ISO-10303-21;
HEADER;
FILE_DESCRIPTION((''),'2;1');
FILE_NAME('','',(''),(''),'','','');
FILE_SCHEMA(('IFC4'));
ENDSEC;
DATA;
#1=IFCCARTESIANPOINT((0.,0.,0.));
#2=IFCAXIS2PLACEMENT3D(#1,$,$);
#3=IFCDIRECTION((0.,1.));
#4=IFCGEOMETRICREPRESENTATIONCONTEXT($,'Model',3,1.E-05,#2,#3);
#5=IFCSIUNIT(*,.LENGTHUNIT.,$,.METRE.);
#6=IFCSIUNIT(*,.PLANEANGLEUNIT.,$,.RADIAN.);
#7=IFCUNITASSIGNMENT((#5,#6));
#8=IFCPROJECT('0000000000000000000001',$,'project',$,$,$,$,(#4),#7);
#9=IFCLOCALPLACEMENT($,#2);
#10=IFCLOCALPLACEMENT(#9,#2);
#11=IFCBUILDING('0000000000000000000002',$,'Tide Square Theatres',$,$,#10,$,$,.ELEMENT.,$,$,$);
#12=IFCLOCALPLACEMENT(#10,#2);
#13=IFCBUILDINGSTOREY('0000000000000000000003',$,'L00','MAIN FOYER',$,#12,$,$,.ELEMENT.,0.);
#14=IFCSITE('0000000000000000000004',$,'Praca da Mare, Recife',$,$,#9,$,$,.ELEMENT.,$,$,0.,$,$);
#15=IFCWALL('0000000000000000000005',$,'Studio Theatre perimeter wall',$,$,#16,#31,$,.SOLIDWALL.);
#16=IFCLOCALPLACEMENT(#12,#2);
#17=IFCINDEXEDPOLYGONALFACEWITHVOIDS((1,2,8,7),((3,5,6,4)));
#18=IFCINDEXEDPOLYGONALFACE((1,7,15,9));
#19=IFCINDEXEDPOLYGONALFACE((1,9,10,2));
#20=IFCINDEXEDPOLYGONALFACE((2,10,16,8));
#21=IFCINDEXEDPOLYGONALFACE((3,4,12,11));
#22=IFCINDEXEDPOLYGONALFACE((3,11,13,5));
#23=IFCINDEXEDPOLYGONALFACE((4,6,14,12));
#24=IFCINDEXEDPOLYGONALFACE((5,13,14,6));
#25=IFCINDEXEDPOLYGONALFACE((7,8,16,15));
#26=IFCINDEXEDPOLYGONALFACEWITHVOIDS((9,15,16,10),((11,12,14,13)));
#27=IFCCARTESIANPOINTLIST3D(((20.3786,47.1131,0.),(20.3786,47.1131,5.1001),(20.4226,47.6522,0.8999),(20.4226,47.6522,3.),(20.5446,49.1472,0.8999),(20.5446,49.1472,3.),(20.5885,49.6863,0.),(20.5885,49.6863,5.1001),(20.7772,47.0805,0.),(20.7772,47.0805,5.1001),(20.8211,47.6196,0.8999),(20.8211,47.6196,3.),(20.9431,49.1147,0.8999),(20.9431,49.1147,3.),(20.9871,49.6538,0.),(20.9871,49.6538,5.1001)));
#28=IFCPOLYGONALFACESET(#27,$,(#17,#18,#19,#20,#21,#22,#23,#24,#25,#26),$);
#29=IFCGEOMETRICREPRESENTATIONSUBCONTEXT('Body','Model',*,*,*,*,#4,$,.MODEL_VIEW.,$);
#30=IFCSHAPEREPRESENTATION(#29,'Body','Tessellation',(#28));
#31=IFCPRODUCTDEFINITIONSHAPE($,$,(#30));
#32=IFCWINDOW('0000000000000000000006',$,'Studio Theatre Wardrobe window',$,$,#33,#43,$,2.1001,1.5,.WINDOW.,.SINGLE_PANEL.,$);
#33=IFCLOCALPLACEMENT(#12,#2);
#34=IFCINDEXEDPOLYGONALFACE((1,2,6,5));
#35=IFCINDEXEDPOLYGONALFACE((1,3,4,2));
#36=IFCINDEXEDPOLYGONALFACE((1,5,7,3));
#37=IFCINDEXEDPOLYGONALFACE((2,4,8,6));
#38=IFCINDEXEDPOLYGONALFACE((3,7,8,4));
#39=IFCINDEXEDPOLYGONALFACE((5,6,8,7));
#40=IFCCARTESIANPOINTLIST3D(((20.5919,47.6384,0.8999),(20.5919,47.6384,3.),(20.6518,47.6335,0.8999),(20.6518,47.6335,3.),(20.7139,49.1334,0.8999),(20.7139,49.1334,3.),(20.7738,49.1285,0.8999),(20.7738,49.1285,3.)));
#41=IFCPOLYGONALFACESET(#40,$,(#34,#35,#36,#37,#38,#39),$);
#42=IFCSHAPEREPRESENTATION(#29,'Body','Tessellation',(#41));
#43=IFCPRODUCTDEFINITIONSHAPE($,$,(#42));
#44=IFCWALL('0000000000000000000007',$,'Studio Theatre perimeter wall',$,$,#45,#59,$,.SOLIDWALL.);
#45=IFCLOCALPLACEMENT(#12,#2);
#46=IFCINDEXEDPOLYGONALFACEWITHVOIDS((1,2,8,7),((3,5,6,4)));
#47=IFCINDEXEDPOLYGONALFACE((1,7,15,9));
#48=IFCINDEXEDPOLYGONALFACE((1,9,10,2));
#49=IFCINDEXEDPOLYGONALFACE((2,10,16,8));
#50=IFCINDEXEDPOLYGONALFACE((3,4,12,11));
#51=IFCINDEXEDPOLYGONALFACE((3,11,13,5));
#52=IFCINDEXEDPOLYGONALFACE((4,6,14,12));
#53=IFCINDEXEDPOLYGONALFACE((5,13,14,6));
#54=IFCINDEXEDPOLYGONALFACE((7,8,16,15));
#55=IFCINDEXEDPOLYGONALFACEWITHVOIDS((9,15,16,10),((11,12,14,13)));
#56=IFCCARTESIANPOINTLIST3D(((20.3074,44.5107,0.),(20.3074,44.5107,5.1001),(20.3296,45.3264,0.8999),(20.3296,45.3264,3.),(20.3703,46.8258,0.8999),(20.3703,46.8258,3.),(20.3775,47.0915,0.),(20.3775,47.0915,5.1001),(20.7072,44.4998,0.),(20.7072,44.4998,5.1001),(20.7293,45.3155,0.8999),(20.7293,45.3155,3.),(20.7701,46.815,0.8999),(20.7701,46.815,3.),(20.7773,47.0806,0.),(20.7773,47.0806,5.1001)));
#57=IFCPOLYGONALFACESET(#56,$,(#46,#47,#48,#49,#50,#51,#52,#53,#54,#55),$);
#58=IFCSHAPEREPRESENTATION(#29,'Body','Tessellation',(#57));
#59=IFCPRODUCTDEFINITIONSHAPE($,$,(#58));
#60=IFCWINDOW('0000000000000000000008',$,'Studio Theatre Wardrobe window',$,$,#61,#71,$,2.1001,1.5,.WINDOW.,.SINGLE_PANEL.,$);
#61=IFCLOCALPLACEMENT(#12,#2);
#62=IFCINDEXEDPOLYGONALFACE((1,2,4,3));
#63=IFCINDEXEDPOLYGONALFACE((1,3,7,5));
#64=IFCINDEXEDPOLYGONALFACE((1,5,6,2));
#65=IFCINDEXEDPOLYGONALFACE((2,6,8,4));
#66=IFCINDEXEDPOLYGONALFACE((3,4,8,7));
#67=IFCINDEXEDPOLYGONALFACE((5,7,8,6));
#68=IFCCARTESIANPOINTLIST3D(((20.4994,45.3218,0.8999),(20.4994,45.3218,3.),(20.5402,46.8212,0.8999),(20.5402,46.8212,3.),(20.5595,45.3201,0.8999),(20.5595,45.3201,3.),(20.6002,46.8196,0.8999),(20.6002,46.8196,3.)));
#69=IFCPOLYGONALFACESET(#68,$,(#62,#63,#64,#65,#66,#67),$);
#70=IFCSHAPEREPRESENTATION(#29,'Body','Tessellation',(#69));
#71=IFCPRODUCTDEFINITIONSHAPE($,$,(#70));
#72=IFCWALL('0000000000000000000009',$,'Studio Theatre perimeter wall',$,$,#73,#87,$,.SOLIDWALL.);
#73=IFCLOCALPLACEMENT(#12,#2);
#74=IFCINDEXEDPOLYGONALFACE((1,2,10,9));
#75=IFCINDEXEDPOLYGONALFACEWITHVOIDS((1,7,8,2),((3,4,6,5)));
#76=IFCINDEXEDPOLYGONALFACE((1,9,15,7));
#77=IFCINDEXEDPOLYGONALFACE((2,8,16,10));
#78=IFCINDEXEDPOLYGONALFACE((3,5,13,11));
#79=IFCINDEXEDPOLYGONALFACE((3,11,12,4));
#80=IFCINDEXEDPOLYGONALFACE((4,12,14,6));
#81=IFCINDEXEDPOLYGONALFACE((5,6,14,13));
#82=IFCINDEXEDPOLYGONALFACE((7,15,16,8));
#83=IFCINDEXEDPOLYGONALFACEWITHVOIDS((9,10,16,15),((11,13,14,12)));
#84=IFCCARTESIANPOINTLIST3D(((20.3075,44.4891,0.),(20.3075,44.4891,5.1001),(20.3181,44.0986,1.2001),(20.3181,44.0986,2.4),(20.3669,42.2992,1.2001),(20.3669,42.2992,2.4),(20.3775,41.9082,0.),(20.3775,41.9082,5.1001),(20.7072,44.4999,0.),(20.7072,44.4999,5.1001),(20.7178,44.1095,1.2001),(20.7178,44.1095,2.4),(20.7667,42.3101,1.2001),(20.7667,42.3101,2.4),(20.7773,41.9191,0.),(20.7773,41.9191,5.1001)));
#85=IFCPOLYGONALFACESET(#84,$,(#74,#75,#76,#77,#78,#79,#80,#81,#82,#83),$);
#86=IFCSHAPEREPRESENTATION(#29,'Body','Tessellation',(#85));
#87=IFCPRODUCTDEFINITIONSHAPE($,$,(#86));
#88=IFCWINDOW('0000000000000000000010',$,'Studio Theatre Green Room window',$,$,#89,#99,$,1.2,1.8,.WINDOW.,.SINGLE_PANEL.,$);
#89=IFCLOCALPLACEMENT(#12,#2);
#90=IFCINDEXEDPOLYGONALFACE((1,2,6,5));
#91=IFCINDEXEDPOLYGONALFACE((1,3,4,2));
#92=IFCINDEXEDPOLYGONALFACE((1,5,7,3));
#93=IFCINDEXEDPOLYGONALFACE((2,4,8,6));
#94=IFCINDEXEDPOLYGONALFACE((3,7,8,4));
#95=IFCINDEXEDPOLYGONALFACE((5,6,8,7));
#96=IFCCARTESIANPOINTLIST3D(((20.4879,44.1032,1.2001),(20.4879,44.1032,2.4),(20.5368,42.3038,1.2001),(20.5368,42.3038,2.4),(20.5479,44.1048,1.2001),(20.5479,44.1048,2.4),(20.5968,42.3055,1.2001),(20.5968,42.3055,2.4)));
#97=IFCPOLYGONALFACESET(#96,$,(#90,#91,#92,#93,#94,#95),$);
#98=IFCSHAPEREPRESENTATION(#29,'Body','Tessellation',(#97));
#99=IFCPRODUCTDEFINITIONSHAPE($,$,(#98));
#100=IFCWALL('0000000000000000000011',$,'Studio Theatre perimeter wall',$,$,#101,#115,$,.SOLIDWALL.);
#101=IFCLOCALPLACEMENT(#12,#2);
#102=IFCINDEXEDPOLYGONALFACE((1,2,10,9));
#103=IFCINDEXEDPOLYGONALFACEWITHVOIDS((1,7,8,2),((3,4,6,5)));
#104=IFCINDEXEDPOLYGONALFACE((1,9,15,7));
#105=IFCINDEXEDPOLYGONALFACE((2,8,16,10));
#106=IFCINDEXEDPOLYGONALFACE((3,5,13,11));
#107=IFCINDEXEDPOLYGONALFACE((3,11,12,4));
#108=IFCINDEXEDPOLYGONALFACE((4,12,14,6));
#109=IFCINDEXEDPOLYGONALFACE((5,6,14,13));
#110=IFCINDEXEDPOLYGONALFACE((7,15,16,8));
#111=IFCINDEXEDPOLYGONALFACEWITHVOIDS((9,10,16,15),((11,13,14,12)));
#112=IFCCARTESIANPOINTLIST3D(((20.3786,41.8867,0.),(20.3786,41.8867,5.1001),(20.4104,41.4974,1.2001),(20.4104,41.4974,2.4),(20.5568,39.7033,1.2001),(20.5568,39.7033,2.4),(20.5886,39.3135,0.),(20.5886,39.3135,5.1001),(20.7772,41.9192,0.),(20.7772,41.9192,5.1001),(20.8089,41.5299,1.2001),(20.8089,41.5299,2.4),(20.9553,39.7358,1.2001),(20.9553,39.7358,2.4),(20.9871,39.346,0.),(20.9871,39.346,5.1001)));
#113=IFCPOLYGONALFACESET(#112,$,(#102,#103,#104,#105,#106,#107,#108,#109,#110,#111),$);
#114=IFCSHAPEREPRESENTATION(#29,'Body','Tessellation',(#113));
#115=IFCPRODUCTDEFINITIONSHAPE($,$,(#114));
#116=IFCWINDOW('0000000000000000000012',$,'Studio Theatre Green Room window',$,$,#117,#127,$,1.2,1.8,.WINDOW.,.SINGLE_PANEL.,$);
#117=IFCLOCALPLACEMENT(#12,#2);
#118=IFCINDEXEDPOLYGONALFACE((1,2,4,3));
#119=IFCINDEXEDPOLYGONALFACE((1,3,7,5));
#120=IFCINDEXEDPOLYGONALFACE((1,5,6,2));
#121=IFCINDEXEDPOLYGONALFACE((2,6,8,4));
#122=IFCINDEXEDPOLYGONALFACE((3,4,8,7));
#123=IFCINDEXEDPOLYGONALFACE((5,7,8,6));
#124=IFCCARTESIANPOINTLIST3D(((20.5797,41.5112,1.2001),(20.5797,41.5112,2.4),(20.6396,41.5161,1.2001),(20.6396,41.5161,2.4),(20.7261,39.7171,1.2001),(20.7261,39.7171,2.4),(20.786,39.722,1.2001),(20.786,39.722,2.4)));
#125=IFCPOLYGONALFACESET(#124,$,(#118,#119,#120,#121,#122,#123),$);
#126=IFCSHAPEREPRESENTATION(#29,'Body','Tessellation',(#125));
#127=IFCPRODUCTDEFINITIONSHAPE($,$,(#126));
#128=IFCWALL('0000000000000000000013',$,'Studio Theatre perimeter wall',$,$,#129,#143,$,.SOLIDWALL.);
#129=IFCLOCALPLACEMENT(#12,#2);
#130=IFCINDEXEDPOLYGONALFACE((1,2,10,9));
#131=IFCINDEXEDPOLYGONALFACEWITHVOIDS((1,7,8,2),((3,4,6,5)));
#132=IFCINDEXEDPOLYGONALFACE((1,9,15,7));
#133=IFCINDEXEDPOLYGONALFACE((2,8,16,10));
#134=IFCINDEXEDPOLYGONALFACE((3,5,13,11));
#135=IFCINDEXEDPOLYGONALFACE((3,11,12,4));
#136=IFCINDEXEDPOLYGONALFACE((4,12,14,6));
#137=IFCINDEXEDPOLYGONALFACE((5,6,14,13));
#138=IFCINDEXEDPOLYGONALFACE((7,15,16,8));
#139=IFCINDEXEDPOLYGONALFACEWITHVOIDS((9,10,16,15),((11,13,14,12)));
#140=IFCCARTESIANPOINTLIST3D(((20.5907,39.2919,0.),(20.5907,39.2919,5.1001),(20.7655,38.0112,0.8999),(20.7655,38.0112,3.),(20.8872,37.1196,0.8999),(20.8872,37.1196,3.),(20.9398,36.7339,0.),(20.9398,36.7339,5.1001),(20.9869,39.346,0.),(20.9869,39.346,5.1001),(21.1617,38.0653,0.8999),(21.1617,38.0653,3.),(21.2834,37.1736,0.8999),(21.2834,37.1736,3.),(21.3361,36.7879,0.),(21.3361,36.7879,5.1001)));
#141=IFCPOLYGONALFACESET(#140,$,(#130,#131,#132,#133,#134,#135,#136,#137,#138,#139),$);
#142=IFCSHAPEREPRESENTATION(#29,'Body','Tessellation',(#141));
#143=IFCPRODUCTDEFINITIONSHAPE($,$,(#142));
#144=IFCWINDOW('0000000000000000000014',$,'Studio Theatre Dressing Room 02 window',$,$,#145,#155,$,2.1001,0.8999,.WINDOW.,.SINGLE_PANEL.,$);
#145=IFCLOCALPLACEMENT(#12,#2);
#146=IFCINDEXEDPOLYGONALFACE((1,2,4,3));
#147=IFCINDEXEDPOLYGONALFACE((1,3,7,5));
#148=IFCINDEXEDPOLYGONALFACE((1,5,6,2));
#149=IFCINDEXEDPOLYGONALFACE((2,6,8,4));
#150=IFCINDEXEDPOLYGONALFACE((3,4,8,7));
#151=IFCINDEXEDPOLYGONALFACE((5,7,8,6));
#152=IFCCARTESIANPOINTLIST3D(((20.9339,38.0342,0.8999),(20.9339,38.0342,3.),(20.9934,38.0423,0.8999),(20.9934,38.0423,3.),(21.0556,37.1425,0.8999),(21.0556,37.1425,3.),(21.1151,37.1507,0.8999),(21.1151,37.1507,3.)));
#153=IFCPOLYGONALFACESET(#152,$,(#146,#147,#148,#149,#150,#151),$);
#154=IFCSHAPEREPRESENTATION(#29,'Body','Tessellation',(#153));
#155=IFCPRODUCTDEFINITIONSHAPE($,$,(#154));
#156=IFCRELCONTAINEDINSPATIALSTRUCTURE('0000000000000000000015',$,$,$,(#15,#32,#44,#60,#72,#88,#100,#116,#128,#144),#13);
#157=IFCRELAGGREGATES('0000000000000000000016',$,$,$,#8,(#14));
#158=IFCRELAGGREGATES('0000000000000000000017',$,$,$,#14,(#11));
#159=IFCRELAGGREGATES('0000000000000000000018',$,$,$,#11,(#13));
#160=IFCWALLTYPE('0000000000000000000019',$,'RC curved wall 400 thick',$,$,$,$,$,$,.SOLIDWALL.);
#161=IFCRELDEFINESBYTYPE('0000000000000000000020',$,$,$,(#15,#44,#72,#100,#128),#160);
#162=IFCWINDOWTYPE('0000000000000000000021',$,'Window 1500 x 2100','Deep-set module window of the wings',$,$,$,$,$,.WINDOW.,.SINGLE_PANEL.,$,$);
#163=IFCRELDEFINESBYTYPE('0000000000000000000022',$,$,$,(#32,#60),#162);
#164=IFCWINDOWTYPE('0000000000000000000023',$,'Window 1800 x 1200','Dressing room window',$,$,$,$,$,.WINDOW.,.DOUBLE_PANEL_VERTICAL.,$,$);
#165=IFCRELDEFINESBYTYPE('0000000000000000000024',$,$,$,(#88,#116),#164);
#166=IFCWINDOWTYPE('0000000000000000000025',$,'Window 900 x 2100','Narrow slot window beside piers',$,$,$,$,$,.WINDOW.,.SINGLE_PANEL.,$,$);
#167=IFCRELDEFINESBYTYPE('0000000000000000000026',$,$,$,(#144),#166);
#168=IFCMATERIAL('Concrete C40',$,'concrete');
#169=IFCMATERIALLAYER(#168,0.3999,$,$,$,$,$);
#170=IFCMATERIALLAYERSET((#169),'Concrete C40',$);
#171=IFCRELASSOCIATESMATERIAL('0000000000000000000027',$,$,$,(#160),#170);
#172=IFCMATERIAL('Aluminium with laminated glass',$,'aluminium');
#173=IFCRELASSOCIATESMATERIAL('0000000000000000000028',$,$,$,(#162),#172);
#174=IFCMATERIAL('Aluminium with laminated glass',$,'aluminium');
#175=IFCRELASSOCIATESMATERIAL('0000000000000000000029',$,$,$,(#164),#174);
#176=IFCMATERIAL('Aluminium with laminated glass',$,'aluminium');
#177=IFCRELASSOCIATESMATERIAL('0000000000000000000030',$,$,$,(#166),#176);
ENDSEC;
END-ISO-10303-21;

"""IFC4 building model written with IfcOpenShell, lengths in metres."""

from ifc_helpers import new_model, si_unit, direction, frame, frame_2d, origin, place, context, subcontext, project, spatial, rectangle, extrude, material, layer, layer_set, type_object, element, fill, save


model = new_model("IFC4")

# Units and contexts
model_context = context("Model", 3, precision=1e-05, world=origin(), true_north=direction((0.0, 1.0)))
body_context = subcontext(model_context, "Body", "Model", "MODEL_VIEW")
ifc_project = project(units=[si_unit("LENGTHUNIT", "METRE"), si_unit("PLANEANGLEUNIT", "RADIAN")], contexts=[model_context])

# Site, building, storey
site_placement = place(None, origin())
site = spatial("IfcSite", under=ifc_project, at=site_placement, Name="Praca da Mare, Recife", CompositionType="ELEMENT", RefElevation=0.0)
building_placement = place(site_placement, origin())
building = spatial("IfcBuilding", under=site, at=building_placement, Name="Tide Square Theatres", CompositionType="ELEMENT")
storey_placement = place(building_placement, origin())
storey = spatial("IfcBuildingStorey", under=building, at=storey_placement, Name="L00", Description="MAIN FOYER", CompositionType="ELEMENT", Elevation=0.0)

# Walls, openings, windows
ifc_material_1 = material(Name="Concrete C40", Category="concrete")
ifc_layer_1 = layer(ifc_material_1, 0.3999)
ifc_layer_set_1 = layer_set([ifc_layer_1], Name="Concrete C40")
wall_type_1 = type_object("IfcWallType", Name="RC curved wall 400 thick", PredefinedType="SOLIDWALL", material=ifc_layer_set_1)
wall_1_placement = place(storey_placement, frame((20.7878, 49.6702, 0.0), z_axis=(0.0, 0.0, 1.0), x_axis=(-0.081324, -0.996688, 0.0)))
wall_1 = element("IfcWall", 1, at=wall_1_placement, inside=storey, type_object=wall_type_1, Name="Studio Theatre perimeter wall", PredefinedType="SOLIDWALL", context=body_context, shape_type="SweptSolid", body=[
    extrude(rectangle(XDim=2.5818, YDim=0.3999, at=frame_2d((1.291, 0.0))), origin(), (0.0, 0.0, 1.0), 5.1001),
])
opening_1_placement = place(wall_1_placement, frame((0.541, 0.0, 0.8999)))
opening_1 = element("IfcOpeningElement", 2, at=opening_1_placement, cuts=wall_1, PredefinedType="OPENING", context=body_context, shape_type="SweptSolid", body=[
    extrude(rectangle(XDim=1.5, YDim=2.1001, at=frame_2d((0.75, 1.05))), frame((0.0, 0.21, 0.0), z_axis=(0.0, -1.0, 0.0), x_axis=(1.0, 0.0, 0.0)), (0.0, 0.0, 1.0), 0.4199),
])
ifc_material_2 = material(Name="Aluminium with laminated glass", Category="aluminium")
window_type_1 = type_object("IfcWindowType", Name="Window 1500 x 2100", Description="Deep-set module window of the wings", PartitioningType="SINGLE_PANEL", PredefinedType="WINDOW", material=ifc_material_2)
window_1_placement = place(opening_1_placement, origin())
window_1 = element("IfcWindow", 3, at=window_1_placement, inside=storey, type_object=window_type_1, Name="Studio Theatre Wardrobe window", OverallHeight=2.1001, OverallWidth=1.5, PartitioningType="SINGLE_PANEL", PredefinedType="WINDOW", context=body_context, shape_type="SweptSolid", body=[
    extrude(rectangle(XDim=1.5, YDim=2.1001, at=frame_2d((0.75, 1.05))), frame((0.0, 0.03, 0.0), z_axis=(0.0, -1.0, 0.0), x_axis=(1.0, 0.0, 0.0)), (0.0, 0.0, 1.0), 0.0601),
])
fill(opening_1, window_1)
wall_2_placement = place(storey_placement, frame((20.5774, 47.0862, 0.0), z_axis=(0.0, 0.0, 1.0), x_axis=(-0.02714, -0.999632, 0.0)))
wall_2 = element("IfcWall", 4, at=wall_2_placement, inside=storey, type_object=wall_type_1, Name="Studio Theatre perimeter wall", PredefinedType="SOLIDWALL", context=body_context, shape_type="SweptSolid", body=[
    extrude(rectangle(XDim=2.5818, YDim=0.3999, at=frame_2d((1.291, 0.0))), origin(), (0.0, 0.0, 1.0), 5.1001),
])
opening_2_placement = place(wall_2_placement, frame((0.2659, 0.0, 0.8999)))
opening_2 = element("IfcOpeningElement", 5, at=opening_2_placement, cuts=wall_2, PredefinedType="OPENING", context=body_context, shape_type="SweptSolid", body=[
    extrude(rectangle(XDim=1.5, YDim=2.1001, at=frame_2d((0.75, 1.05))), frame((0.0, 0.21, 0.0), z_axis=(0.0, -1.0, 0.0), x_axis=(1.0, 0.0, 0.0)), (0.0, 0.0, 1.0), 0.4199),
])
window_2_placement = place(opening_2_placement, origin())
window_2 = element("IfcWindow", 6, at=window_2_placement, inside=storey, type_object=window_type_1, Name="Studio Theatre Wardrobe window", OverallHeight=2.1001, OverallWidth=1.5, PartitioningType="SINGLE_PANEL", PredefinedType="WINDOW", context=body_context, shape_type="SweptSolid", body=[
    extrude(rectangle(XDim=1.5, YDim=2.1001, at=frame_2d((0.75, 1.05))), frame((0.0, 0.03, 0.0), z_axis=(0.0, -1.0, 0.0), x_axis=(1.0, 0.0, 0.0)), (0.0, 0.0, 1.0), 0.0601),
])
fill(opening_2, window_2)
wall_3_placement = place(storey_placement, frame((20.5073, 44.4946, 0.0), z_axis=(0.0, 0.0, 1.0), x_axis=(0.02714, -0.999632, 0.0)))
wall_3 = element("IfcWall", 7, at=wall_3_placement, inside=storey, type_object=wall_type_1, Name="Studio Theatre perimeter wall", PredefinedType="SOLIDWALL", context=body_context, shape_type="SweptSolid", body=[
    extrude(rectangle(XDim=2.5818, YDim=0.3999, at=frame_2d((1.291, 0.0))), origin(), (0.0, 0.0, 1.0), 5.1001),
])
opening_3_placement = place(wall_3_placement, frame((0.3909, 0.0, 1.2)))
opening_3 = element("IfcOpeningElement", 8, at=opening_3_placement, cuts=wall_3, PredefinedType="OPENING", context=body_context, shape_type="SweptSolid", body=[
    extrude(rectangle(XDim=1.8, YDim=1.2, at=frame_2d((0.8999, 0.6001))), frame((0.0, 0.21, 0.0), z_axis=(0.0, -1.0, 0.0), x_axis=(1.0, 0.0, 0.0)), (0.0, 0.0, 1.0), 0.4199),
])
ifc_material_3 = material(Name="Aluminium with laminated glass", Category="aluminium")
window_type_2 = type_object("IfcWindowType", Name="Window 1800 x 1200", Description="Dressing room window", PartitioningType="DOUBLE_PANEL_VERTICAL", PredefinedType="WINDOW", material=ifc_material_3)
window_3_placement = place(opening_3_placement, origin())
window_3 = element("IfcWindow", 9, at=window_3_placement, inside=storey, type_object=window_type_2, Name="Studio Theatre Green Room window", OverallHeight=1.2, OverallWidth=1.8, PartitioningType="SINGLE_PANEL", PredefinedType="WINDOW", context=body_context, shape_type="SweptSolid", body=[
    extrude(rectangle(XDim=1.8, YDim=1.2, at=frame_2d((0.8999, 0.6001))), frame((0.0, 0.03, 0.0), z_axis=(0.0, -1.0, 0.0), x_axis=(1.0, 0.0, 0.0)), (0.0, 0.0, 1.0), 0.0601),
])
fill(opening_3, window_3)
wall_4_placement = place(storey_placement, frame((20.5779, 41.9031, 0.0), z_axis=(0.0, 0.0, 1.0), x_axis=(0.081324, -0.996688, 0.0)))
wall_4 = element("IfcWall", 10, at=wall_4_placement, inside=storey, type_object=wall_type_1, Name="Studio Theatre perimeter wall", PredefinedType="SOLIDWALL", context=body_context, shape_type="SweptSolid", body=[
    extrude(rectangle(XDim=2.5818, YDim=0.3999, at=frame_2d((1.291, 0.0))), origin(), (0.0, 0.0, 1.0), 5.1001),
])
opening_4_placement = place(wall_4_placement, frame((0.3909, 0.0, 1.2)))
opening_4 = element("IfcOpeningElement", 11, at=opening_4_placement, cuts=wall_4, PredefinedType="OPENING", context=body_context, shape_type="SweptSolid", body=[
    extrude(rectangle(XDim=1.8, YDim=1.2, at=frame_2d((0.8999, 0.6001))), frame((0.0, 0.21, 0.0), z_axis=(0.0, -1.0, 0.0), x_axis=(1.0, 0.0, 0.0)), (0.0, 0.0, 1.0), 0.4199),
])
window_4_placement = place(opening_4_placement, origin())
window_4 = element("IfcWindow", 12, at=window_4_placement, inside=storey, type_object=window_type_2, Name="Studio Theatre Green Room window", OverallHeight=1.2, OverallWidth=1.8, PartitioningType="SINGLE_PANEL", PredefinedType="WINDOW", context=body_context, shape_type="SweptSolid", body=[
    extrude(rectangle(XDim=1.8, YDim=1.2, at=frame_2d((0.8999, 0.6001))), frame((0.0, 0.03, 0.0), z_axis=(0.0, -1.0, 0.0), x_axis=(1.0, 0.0, 0.0)), (0.0, 0.0, 1.0), 0.0601),
])
fill(opening_4, window_4)
wall_5_placement = place(storey_placement, frame((20.7888, 39.3191, 0.0), z_axis=(0.0, 0.0, 1.0), x_axis=(0.135223, -0.990815, 0.0)))
wall_5 = element("IfcWall", 13, at=wall_5_placement, inside=storey, type_object=wall_type_1, Name="Studio Theatre perimeter wall", PredefinedType="SOLIDWALL", context=body_context, shape_type="SweptSolid", body=[
    extrude(rectangle(XDim=2.5818, YDim=0.3999, at=frame_2d((1.291, 0.0))), origin(), (0.0, 0.0, 1.0), 5.1001),
])
opening_5_placement = place(wall_5_placement, frame((1.2927, 0.0, 0.8999)))
opening_5 = element("IfcOpeningElement", 14, at=opening_5_placement, cuts=wall_5, PredefinedType="OPENING", context=body_context, shape_type="SweptSolid", body=[
    extrude(rectangle(XDim=0.8999, YDim=2.1001, at=frame_2d((0.45, 1.05))), frame((0.0, 0.21, 0.0), z_axis=(0.0, -1.0, 0.0), x_axis=(1.0, 0.0, 0.0)), (0.0, 0.0, 1.0), 0.4199),
])
ifc_material_4 = material(Name="Aluminium with laminated glass", Category="aluminium")
window_type_3 = type_object("IfcWindowType", Name="Window 900 x 2100", Description="Narrow slot window beside piers", PartitioningType="SINGLE_PANEL", PredefinedType="WINDOW", material=ifc_material_4)
window_5_placement = place(opening_5_placement, origin())
window_5 = element("IfcWindow", 15, at=window_5_placement, inside=storey, type_object=window_type_3, Name="Studio Theatre Dressing Room 02 window", OverallHeight=2.1001, OverallWidth=0.8999, PartitioningType="SINGLE_PANEL", PredefinedType="WINDOW", context=body_context, shape_type="SweptSolid", body=[
    extrude(rectangle(XDim=0.8999, YDim=2.1001, at=frame_2d((0.45, 1.05))), frame((0.0, 0.03, 0.0), z_axis=(0.0, -1.0, 0.0), x_axis=(1.0, 0.0, 0.0)), (0.0, 0.0, 1.0), 0.0601),
])
fill(opening_5, window_5)

save(model, "model.ifc")
